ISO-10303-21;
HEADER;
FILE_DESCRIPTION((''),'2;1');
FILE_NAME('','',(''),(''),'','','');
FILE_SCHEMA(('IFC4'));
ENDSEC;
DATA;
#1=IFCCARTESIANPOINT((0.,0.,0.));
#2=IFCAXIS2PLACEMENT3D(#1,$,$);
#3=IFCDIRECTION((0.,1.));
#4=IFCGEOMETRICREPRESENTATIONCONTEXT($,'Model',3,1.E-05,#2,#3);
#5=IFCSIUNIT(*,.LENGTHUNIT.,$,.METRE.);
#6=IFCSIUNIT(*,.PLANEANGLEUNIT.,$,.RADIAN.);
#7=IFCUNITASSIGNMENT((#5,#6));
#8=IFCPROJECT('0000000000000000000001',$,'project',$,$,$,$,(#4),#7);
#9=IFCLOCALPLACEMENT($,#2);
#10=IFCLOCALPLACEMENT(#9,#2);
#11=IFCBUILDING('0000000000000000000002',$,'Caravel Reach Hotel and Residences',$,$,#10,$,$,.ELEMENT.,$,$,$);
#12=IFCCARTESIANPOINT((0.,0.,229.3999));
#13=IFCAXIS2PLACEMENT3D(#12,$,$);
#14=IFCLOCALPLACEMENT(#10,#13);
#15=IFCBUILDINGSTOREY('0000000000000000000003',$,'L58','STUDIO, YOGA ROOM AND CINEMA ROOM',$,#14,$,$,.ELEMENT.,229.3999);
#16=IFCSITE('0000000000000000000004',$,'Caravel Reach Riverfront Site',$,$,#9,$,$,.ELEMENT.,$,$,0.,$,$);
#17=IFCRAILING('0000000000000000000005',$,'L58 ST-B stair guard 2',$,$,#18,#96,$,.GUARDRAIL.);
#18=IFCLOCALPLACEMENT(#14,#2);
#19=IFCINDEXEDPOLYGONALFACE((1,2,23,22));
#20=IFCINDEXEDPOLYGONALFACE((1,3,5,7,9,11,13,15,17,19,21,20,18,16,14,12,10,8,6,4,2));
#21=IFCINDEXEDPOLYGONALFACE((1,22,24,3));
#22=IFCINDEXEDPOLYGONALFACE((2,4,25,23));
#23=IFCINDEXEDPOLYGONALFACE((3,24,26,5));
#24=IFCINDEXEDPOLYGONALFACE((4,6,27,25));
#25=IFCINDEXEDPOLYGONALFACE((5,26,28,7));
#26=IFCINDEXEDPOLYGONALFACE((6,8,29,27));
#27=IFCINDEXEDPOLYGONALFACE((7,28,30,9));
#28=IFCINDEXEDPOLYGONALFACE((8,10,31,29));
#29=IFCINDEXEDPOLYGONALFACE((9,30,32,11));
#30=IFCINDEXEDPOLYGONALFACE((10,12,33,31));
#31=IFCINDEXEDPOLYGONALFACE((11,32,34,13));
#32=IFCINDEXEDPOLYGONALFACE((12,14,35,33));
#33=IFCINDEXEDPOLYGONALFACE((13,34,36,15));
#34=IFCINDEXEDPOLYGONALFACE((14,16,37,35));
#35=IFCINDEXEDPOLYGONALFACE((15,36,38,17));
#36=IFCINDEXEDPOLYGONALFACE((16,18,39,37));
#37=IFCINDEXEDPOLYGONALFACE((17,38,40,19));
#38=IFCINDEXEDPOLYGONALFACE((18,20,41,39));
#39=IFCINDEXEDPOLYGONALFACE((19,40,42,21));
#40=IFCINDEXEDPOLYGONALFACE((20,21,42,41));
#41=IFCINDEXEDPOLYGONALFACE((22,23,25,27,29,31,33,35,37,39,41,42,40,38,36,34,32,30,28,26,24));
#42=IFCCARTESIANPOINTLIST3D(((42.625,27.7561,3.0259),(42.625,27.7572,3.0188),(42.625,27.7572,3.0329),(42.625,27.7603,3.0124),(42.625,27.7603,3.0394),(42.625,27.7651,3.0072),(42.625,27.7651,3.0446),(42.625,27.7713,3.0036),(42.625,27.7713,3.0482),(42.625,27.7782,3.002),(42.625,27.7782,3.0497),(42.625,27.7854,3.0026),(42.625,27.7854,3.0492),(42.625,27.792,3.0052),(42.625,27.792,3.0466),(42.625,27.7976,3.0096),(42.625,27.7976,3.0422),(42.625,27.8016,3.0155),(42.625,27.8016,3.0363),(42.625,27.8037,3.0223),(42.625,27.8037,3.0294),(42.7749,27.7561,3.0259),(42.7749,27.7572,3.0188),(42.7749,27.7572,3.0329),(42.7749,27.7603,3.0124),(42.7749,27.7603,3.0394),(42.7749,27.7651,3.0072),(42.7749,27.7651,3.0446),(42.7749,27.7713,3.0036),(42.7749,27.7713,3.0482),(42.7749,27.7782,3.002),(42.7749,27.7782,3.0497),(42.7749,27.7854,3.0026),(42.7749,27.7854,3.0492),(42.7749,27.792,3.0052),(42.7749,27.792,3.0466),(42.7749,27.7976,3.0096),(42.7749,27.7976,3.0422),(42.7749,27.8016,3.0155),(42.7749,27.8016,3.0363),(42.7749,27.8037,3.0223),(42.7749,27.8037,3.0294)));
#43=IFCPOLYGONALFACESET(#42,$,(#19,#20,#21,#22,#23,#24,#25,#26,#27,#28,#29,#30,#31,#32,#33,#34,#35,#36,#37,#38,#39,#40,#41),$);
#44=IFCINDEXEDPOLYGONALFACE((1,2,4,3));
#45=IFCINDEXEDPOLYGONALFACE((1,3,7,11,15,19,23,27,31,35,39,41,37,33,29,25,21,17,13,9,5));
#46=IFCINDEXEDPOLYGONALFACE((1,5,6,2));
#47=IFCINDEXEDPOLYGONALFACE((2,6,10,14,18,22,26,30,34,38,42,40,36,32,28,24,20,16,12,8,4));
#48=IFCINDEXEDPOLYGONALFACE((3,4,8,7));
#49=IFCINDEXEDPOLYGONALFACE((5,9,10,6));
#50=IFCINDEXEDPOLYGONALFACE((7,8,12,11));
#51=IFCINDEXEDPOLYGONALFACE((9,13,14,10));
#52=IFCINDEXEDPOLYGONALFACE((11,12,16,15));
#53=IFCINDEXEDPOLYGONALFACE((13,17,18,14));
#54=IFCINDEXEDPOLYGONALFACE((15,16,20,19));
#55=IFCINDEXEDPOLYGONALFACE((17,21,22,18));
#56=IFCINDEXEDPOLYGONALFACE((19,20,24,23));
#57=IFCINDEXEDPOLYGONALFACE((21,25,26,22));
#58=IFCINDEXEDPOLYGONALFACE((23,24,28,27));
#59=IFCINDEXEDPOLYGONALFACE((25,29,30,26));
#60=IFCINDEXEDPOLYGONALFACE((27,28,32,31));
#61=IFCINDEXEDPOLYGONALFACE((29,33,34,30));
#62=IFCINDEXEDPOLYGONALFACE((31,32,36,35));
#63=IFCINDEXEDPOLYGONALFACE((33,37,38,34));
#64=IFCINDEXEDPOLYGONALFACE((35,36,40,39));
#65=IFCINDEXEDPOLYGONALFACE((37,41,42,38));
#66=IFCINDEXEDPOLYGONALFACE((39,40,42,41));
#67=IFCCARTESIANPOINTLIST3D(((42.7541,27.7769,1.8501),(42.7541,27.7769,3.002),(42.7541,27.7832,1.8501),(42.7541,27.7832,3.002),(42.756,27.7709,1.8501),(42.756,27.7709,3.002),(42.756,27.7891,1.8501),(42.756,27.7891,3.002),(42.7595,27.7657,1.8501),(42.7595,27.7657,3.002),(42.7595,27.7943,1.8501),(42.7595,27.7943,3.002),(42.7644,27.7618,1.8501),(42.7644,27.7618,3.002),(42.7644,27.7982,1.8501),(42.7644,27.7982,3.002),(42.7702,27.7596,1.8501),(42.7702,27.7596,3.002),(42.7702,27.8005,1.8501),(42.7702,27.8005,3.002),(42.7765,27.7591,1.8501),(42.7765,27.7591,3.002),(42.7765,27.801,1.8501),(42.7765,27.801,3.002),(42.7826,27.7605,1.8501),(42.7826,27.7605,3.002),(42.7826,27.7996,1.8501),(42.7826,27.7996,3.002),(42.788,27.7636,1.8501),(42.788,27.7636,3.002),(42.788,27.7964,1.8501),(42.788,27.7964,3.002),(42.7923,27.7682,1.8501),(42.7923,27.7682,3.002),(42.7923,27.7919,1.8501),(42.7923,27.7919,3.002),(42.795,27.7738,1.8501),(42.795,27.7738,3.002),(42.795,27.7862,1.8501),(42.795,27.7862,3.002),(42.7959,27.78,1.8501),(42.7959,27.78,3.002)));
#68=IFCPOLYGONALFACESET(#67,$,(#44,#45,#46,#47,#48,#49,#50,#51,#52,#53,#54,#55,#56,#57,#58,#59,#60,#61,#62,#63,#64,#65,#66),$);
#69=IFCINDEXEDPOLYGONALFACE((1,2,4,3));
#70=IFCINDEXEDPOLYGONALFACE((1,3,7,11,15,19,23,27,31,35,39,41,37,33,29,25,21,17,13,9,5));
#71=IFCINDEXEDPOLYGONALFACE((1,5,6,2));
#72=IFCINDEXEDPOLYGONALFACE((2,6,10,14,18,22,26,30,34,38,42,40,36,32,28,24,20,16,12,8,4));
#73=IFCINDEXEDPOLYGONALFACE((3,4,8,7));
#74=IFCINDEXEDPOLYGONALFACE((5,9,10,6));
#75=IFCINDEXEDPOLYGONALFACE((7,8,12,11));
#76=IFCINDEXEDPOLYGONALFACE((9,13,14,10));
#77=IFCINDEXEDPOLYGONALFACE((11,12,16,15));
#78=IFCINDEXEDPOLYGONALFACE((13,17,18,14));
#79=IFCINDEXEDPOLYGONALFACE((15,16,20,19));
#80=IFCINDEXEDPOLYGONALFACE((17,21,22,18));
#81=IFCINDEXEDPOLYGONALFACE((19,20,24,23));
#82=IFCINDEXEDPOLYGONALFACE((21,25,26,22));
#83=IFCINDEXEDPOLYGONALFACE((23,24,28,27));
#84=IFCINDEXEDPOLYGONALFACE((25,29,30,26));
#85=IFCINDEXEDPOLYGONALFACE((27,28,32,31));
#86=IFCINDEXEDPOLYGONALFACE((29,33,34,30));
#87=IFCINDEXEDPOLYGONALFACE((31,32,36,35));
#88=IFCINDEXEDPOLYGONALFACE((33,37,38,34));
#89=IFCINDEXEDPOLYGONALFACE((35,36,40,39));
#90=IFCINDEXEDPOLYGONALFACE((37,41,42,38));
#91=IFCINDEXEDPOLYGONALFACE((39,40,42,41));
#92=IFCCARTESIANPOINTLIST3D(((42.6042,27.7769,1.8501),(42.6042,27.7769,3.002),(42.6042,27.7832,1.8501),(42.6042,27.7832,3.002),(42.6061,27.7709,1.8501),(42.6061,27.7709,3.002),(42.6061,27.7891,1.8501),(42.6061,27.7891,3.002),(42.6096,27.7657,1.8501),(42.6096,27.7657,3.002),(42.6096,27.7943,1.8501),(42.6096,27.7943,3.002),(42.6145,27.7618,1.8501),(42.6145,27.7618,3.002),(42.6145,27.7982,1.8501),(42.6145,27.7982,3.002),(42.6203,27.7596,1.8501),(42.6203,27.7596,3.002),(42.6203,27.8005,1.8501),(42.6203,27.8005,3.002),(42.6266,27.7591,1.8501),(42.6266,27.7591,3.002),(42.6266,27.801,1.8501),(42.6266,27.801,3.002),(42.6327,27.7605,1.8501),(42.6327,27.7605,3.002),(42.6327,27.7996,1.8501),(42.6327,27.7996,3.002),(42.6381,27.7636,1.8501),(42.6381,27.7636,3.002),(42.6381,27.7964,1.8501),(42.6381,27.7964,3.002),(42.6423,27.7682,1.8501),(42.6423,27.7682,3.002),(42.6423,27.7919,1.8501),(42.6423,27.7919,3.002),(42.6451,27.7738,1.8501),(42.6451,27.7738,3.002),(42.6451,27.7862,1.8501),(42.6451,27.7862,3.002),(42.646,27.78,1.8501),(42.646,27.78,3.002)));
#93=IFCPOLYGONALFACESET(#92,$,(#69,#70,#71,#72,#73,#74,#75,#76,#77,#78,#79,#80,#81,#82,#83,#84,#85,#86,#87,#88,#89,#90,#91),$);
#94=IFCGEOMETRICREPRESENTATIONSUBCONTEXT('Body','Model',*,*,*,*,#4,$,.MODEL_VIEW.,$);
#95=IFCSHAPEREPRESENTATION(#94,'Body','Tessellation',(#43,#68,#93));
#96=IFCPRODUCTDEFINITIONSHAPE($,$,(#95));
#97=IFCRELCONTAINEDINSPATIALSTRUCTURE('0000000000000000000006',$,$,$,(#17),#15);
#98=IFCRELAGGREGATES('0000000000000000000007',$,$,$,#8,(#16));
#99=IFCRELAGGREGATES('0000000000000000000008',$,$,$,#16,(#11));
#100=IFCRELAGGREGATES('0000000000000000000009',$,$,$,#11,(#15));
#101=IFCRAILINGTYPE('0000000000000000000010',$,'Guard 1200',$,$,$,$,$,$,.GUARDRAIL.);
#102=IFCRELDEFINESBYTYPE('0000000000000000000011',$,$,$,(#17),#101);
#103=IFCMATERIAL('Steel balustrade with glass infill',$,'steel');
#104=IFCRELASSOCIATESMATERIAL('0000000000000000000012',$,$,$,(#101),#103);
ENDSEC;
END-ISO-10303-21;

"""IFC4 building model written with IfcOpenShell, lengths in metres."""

from ifc_helpers import new_model, si_unit, direction, frame, origin, origin_2d, place, context, subcontext, project, spatial, circle, extrude, material, type_object, element, save


model = new_model("IFC4")

# Units and contexts
model_context = context("Model", 3, precision=1e-05, world=origin(), true_north=direction((0.0, 1.0)))
body_context = subcontext(model_context, "Body", "Model", "MODEL_VIEW")
ifc_project = project(units=[si_unit("LENGTHUNIT", "METRE"), si_unit("PLANEANGLEUNIT", "RADIAN")], contexts=[model_context])

# Site, building, storey
site_placement = place(None, origin())
site = spatial("IfcSite", under=ifc_project, at=site_placement, Name="Caravel Reach Riverfront Site", CompositionType="ELEMENT", RefElevation=0.0)
building_placement = place(site_placement, origin())
building = spatial("IfcBuilding", under=site, at=building_placement, Name="Caravel Reach Hotel and Residences", CompositionType="ELEMENT")
storey_placement = place(building_placement, frame((0.0, 0.0, 229.3999)))
storey = spatial("IfcBuildingStorey", under=building, at=storey_placement, Name="L58", Description="STUDIO, YOGA ROOM AND CINEMA ROOM", CompositionType="ELEMENT", Elevation=229.3999)

# Railing
ifc_material_1 = material(Name="Steel balustrade with glass infill", Category="steel")
railing_type_1 = type_object("IfcRailingType", Name="Guard 1200", PredefinedType="GUARDRAIL", material=ifc_material_1)
railing_1_placement = place(storey_placement, frame((42.7749, 27.78, 1.8501)))
element("IfcRailing", 1, at=railing_1_placement, inside=storey, type_object=railing_type_1, Name="L58 ST-B stair guard 2", PredefinedType="GUARDRAIL", context=body_context, shape_type="SweptSolid", body=[
    extrude(circle(Radius=0.0239, at=origin_2d()), frame((0.0, 0.0, 1.1758), z_axis=(-1.0, 0.0, 0.0), x_axis=(0.0, -1.0, 0.0)), (0.0, 0.0, 1.0), 0.1499),
    extrude(circle(Radius=0.021, at=origin_2d()), origin(), (0.0, 0.0, 1.0), 1.1519),
    extrude(circle(Radius=0.021, at=origin_2d()), frame((-0.1499, 0.0, 0.0)), (0.0, 0.0, 1.0), 1.1519),
])

save(model, "model.ifc")
